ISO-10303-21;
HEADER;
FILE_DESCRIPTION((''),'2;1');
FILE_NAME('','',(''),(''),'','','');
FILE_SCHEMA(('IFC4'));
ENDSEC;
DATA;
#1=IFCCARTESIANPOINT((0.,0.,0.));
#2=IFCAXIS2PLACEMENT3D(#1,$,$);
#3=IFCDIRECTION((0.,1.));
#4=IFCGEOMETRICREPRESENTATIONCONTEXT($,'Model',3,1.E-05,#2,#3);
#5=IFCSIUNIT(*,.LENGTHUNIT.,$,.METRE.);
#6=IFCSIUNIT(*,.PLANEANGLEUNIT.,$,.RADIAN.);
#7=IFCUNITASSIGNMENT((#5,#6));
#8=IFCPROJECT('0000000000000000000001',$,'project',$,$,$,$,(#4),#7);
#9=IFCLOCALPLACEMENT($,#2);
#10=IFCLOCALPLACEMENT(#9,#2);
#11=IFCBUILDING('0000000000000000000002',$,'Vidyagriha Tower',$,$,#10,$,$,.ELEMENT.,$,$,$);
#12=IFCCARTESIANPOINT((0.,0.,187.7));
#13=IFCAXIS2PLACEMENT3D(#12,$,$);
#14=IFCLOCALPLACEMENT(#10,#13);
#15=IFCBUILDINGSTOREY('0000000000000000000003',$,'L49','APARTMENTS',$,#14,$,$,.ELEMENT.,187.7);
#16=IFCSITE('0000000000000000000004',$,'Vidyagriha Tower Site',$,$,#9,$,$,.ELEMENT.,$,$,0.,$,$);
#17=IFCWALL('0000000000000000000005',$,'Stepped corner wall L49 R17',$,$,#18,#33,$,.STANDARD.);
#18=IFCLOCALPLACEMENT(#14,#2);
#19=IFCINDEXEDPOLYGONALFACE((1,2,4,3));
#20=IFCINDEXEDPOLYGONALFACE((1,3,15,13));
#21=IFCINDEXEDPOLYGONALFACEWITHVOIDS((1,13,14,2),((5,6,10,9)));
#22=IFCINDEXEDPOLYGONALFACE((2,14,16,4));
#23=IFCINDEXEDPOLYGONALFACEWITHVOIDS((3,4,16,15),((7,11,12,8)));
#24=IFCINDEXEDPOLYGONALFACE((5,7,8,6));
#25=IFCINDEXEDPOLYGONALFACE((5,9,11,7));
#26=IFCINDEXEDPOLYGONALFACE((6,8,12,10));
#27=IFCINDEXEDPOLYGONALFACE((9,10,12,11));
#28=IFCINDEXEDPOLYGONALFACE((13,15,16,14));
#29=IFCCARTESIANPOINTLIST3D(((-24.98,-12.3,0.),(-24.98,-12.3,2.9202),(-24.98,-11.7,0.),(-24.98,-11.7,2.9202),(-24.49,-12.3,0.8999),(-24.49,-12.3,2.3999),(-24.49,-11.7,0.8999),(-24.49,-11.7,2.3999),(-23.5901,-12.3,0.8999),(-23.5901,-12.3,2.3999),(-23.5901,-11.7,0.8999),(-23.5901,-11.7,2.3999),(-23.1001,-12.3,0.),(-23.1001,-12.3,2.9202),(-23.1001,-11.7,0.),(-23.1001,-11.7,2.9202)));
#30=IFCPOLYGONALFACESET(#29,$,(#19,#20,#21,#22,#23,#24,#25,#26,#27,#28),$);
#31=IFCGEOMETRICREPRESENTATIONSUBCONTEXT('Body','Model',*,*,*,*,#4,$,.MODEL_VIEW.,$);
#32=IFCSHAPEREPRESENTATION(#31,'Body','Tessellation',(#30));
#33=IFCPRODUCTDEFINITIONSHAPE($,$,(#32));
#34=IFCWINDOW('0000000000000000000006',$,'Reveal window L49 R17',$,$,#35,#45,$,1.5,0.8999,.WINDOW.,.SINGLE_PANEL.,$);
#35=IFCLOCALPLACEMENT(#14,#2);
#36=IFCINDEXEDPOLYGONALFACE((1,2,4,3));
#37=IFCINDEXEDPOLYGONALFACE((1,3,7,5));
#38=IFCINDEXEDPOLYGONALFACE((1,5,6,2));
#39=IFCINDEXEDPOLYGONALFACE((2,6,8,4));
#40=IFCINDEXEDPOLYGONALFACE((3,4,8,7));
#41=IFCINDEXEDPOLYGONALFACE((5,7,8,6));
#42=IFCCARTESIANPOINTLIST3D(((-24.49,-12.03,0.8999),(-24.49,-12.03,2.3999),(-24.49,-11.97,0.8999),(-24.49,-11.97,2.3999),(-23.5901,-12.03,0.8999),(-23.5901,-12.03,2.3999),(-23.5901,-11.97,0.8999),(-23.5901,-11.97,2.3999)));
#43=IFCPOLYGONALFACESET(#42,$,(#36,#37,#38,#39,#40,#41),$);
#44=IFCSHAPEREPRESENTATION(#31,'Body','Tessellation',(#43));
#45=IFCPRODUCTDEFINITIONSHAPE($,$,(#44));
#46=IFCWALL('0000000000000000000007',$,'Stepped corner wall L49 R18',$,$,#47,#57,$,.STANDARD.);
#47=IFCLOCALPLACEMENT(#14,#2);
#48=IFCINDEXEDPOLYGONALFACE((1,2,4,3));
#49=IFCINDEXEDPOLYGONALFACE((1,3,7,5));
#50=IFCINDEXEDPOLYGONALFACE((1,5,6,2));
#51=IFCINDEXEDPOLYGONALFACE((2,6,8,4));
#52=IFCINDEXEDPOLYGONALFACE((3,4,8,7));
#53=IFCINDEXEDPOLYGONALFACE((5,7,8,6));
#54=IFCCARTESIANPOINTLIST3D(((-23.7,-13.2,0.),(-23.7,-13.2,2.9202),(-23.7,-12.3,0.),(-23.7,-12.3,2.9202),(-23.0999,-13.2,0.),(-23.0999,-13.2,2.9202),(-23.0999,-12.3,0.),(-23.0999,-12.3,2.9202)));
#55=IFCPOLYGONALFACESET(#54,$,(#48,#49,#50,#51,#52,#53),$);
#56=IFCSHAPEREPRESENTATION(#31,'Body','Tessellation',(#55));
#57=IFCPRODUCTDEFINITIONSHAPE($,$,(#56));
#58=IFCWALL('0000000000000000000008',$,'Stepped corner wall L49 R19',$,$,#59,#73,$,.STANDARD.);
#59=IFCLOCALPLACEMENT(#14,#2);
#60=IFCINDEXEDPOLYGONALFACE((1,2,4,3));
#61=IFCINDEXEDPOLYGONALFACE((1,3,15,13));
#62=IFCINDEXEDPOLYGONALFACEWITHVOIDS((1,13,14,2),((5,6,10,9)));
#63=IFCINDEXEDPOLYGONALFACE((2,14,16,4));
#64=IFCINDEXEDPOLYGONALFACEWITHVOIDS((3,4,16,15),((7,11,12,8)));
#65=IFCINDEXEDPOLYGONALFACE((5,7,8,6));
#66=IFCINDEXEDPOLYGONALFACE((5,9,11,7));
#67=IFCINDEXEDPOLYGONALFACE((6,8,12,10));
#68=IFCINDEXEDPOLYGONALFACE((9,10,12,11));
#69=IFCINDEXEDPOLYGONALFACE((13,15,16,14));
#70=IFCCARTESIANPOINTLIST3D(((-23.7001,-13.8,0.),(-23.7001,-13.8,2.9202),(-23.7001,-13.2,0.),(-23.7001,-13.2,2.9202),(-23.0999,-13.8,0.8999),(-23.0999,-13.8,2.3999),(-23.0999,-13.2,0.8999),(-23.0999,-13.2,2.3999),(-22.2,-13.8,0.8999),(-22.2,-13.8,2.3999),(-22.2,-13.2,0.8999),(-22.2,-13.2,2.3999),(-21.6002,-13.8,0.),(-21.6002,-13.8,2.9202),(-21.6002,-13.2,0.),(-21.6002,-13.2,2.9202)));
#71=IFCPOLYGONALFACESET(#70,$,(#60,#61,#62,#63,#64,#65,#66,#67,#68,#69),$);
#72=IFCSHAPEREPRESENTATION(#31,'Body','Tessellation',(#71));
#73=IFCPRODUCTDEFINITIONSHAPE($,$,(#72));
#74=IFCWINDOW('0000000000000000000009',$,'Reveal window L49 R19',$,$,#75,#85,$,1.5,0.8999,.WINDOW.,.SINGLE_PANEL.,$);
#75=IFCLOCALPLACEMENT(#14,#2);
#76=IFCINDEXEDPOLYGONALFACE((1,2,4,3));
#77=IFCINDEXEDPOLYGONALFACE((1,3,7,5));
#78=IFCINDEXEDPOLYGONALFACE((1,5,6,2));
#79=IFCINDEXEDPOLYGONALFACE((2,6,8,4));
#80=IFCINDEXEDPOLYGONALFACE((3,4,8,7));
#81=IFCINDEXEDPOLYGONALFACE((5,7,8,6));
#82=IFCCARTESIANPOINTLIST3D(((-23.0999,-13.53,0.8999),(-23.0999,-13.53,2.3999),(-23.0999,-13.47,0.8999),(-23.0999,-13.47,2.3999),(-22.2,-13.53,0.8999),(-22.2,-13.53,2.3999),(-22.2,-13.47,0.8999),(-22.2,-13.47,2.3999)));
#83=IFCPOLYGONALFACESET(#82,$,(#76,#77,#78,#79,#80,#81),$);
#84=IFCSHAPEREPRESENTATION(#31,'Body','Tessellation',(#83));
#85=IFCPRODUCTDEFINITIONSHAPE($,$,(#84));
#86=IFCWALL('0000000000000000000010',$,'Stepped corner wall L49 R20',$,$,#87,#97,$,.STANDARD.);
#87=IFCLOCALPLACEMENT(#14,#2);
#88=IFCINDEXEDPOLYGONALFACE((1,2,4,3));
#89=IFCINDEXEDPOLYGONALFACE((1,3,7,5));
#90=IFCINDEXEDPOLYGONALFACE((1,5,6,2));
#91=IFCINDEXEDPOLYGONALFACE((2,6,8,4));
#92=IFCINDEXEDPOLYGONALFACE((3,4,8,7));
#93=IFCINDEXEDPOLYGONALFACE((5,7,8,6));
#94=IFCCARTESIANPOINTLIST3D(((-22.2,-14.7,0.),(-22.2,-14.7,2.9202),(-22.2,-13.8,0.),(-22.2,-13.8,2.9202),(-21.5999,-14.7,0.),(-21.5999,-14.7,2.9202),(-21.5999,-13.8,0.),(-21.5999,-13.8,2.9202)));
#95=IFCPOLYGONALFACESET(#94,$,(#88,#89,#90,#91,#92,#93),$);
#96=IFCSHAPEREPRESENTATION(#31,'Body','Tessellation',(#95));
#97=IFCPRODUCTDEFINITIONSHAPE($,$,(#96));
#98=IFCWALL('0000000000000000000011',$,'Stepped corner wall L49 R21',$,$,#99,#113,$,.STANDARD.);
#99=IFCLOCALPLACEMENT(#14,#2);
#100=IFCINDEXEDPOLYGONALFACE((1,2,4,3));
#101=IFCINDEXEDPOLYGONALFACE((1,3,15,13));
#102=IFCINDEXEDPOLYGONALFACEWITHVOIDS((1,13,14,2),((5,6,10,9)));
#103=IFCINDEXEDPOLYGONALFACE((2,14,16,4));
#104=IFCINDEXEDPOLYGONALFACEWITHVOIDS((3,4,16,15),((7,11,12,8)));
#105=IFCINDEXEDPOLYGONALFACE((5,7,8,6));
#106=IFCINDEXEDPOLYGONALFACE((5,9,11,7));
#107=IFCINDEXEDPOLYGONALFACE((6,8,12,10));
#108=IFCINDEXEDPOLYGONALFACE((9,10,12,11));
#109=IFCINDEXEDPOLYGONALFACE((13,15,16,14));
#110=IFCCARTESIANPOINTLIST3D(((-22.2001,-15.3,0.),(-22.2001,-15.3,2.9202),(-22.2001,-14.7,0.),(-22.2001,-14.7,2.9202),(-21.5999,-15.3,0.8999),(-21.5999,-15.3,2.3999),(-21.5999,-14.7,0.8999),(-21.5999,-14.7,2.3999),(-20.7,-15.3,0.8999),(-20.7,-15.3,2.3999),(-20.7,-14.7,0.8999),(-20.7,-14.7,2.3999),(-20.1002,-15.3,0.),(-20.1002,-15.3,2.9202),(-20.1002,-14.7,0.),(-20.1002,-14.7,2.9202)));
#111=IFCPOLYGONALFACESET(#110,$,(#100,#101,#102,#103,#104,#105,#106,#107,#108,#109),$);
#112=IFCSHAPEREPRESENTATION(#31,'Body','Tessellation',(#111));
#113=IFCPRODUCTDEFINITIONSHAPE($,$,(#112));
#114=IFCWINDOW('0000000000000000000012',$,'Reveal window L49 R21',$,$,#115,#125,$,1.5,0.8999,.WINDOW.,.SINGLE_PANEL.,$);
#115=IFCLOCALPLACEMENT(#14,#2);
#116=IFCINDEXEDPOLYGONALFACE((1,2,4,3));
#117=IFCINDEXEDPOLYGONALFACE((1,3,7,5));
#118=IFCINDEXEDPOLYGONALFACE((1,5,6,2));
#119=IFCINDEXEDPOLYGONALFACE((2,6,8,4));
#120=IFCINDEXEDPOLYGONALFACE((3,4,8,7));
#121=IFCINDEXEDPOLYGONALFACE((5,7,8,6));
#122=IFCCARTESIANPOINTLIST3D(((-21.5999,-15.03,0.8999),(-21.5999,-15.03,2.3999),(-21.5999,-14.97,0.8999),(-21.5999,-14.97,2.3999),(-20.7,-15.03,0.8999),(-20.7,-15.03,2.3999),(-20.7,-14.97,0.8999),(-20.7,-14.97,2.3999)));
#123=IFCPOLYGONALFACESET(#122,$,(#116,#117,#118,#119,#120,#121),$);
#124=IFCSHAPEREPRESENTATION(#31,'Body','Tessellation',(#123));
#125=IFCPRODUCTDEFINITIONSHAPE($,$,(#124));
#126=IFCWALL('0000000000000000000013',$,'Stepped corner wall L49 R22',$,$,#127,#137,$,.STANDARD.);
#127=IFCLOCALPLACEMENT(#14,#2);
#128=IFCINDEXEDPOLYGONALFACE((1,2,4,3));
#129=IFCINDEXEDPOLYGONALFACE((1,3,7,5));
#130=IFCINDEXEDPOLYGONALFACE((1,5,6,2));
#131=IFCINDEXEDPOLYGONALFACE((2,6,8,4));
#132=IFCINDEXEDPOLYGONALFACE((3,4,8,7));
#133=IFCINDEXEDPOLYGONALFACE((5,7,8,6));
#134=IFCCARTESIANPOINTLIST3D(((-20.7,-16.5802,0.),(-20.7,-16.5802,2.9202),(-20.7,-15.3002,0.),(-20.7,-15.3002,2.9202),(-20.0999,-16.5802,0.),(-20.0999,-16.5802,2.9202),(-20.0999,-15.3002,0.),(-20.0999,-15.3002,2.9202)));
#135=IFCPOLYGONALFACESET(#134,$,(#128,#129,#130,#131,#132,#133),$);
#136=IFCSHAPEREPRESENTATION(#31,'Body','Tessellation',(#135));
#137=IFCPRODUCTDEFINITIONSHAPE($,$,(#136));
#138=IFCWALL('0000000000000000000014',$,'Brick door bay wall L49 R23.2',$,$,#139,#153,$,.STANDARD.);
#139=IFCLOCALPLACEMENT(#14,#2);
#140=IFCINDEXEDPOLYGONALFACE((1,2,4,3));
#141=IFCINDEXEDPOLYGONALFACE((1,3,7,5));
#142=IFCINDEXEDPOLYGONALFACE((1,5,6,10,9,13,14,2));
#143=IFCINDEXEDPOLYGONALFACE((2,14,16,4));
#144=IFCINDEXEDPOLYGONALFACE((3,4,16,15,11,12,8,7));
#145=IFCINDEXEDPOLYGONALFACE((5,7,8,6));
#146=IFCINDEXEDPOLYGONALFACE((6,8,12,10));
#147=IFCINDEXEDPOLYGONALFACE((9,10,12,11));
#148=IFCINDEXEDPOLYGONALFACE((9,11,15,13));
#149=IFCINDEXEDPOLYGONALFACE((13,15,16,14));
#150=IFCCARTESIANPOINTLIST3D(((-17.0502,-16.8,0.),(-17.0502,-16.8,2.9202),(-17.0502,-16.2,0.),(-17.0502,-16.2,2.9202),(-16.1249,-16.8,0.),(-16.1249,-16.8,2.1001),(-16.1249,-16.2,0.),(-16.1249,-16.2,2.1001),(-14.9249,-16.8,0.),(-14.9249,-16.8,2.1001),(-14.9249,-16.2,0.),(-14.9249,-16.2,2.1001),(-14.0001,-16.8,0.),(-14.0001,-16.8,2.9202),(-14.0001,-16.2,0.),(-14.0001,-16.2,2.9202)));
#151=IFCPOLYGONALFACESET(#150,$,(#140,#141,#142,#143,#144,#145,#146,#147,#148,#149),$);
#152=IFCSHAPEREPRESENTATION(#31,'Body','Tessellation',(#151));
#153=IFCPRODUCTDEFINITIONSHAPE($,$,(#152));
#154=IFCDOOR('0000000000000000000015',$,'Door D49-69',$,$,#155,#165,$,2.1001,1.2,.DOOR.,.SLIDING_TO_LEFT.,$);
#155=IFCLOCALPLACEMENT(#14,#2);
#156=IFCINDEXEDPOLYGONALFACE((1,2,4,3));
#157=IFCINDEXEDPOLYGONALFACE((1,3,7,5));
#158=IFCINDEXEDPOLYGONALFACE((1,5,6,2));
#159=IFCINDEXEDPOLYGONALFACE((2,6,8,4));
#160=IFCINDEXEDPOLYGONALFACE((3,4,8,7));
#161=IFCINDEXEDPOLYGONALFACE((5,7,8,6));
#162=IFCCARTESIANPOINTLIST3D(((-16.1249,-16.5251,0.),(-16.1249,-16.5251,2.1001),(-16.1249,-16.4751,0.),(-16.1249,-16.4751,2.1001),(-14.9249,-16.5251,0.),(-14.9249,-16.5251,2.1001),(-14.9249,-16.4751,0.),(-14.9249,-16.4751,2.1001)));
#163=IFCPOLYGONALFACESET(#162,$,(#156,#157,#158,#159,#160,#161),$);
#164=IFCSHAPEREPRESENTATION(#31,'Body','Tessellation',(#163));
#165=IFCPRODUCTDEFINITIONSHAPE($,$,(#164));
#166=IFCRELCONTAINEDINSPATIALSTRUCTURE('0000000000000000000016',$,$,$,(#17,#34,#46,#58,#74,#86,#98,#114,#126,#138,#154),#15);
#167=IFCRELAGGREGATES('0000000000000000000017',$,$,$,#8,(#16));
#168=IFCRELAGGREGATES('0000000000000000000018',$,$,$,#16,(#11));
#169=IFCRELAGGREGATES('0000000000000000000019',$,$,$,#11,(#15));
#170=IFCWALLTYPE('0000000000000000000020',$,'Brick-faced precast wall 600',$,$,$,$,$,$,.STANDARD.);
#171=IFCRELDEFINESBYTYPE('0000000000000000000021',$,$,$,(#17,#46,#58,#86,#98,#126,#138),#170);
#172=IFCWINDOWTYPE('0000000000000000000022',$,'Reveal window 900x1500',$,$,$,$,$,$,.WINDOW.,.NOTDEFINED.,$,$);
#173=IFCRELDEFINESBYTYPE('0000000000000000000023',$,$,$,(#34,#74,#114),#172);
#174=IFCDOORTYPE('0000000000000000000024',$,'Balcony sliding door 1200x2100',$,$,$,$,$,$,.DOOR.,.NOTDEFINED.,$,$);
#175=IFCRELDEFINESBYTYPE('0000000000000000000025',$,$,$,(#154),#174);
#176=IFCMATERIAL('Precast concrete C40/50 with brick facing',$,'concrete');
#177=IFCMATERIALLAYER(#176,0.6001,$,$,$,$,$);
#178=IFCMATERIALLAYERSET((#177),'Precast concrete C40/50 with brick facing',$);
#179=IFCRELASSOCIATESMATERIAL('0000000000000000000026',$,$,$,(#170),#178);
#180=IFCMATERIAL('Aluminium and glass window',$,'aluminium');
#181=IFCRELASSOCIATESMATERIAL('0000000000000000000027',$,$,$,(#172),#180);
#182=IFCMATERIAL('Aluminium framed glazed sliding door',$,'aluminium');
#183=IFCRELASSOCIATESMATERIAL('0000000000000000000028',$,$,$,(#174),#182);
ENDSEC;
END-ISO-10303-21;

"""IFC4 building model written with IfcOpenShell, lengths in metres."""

from ifc_helpers import new_model, si_unit, direction, frame, frame_2d, origin, place, context, subcontext, project, spatial, rectangle, extrude, material, layer, layer_set, type_object, element, fill, save


model = new_model("IFC4")

# Units and contexts
model_context = context("Model", 3, precision=1e-05, world=origin(), true_north=direction((0.0, 1.0)))
body_context = subcontext(model_context, "Body", "Model", "MODEL_VIEW")
ifc_project = project(units=[si_unit("LENGTHUNIT", "METRE"), si_unit("PLANEANGLEUNIT", "RADIAN")], contexts=[model_context])

# Site, building, storey
site_placement = place(None, origin())
site = spatial("IfcSite", under=ifc_project, at=site_placement, Name="Vidyagriha Tower Site", CompositionType="ELEMENT", RefElevation=0.0)
building_placement = place(site_placement, origin())
building = spatial("IfcBuilding", under=site, at=building_placement, Name="Vidyagriha Tower", CompositionType="ELEMENT")
storey_placement = place(building_placement, frame((0.0, 0.0, 187.7)))
storey = spatial("IfcBuildingStorey", under=building, at=storey_placement, Name="L49", Description="APARTMENTS", CompositionType="ELEMENT", Elevation=187.7)

# Wall, opening, window
ifc_material_1 = material(Name="Precast concrete C40/50 with brick facing", Category="concrete")
ifc_layer_1 = layer(ifc_material_1, 0.6001)
ifc_layer_set_1 = layer_set([ifc_layer_1], Name="Precast concrete C40/50 with brick facing")
wall_type = type_object("IfcWallType", Name="Brick-faced precast wall 600", PredefinedType="STANDARD", material=ifc_layer_set_1)
wall_1_placement = place(storey_placement, frame((-24.98, -12.0, 0.0)))
wall_1 = element("IfcWall", 1, at=wall_1_placement, inside=storey, type_object=wall_type, Name="Stepped corner wall L49 R17", PredefinedType="STANDARD", context=body_context, shape_type="SweptSolid", body=[
    extrude(rectangle(XDim=1.8799, YDim=0.6001, at=frame_2d((0.9399, 0.0))), origin(), (0.0, 0.0, 1.0), 2.9202),
])
opening_1_placement = place(wall_1_placement, frame((0.49, 0.0, 0.8999)))
opening_1 = element("IfcOpeningElement", 2, at=opening_1_placement, cuts=wall_1, PredefinedType="OPENING", context=body_context, shape_type="SweptSolid", body=[
    extrude(rectangle(XDim=0.8999, YDim=1.5, at=frame_2d((0.45, 0.75))), frame((0.0, 0.3101, 0.0), z_axis=(0.0, -1.0, 0.0), x_axis=(1.0, 0.0, 0.0)), (0.0, 0.0, 1.0), 0.6201),
])
ifc_material_2 = material(Name="Aluminium and glass window", Category="aluminium")
window_type = type_object("IfcWindowType", Name="Reveal window 900x1500", PartitioningType="NOTDEFINED", PredefinedType="WINDOW", material=ifc_material_2)
window_1_placement = place(opening_1_placement, origin())
window_1 = element("IfcWindow", 3, at=window_1_placement, inside=storey, type_object=window_type, Name="Reveal window L49 R17", OverallHeight=1.5, OverallWidth=0.8999, PartitioningType="SINGLE_PANEL", PredefinedType="WINDOW", context=body_context, shape_type="SweptSolid", body=[
    extrude(rectangle(XDim=0.8999, YDim=1.5, at=frame_2d((0.45, 0.75))), frame((0.0, 0.03, 0.0), z_axis=(0.0, -1.0, 0.0), x_axis=(1.0, 0.0, 0.0)), (0.0, 0.0, 1.0), 0.0601),
])
fill(opening_1, window_1)

# Wall
wall_2_placement = place(storey_placement, frame((-23.3999, -12.3, 0.0), z_axis=(0.0, 0.0, 1.0), x_axis=(0.0, -1.0, 0.0)))
element("IfcWall", 4, at=wall_2_placement, inside=storey, type_object=wall_type, Name="Stepped corner wall L49 R18", PredefinedType="STANDARD", context=body_context, shape_type="SweptSolid", body=[
    extrude(rectangle(XDim=0.8999, YDim=0.6001, at=frame_2d((0.45, 0.0))), origin(), (0.0, 0.0, 1.0), 2.9202),
])

# Wall, opening, window
wall_3_placement = place(storey_placement, frame((-23.7, -13.5, 0.0)))
wall_3 = element("IfcWall", 5, at=wall_3_placement, inside=storey, type_object=wall_type, Name="Stepped corner wall L49 R19", PredefinedType="STANDARD", context=body_context, shape_type="SweptSolid", body=[
    extrude(rectangle(XDim=2.0999, YDim=0.6001, at=frame_2d((1.0498, 0.0))), origin(), (0.0, 0.0, 1.0), 2.9202),
])
opening_2_placement = place(wall_3_placement, frame((0.6001, 0.0, 0.8999)))
opening_2 = element("IfcOpeningElement", 6, at=opening_2_placement, cuts=wall_3, PredefinedType="OPENING", context=body_context, shape_type="SweptSolid", body=[
    extrude(rectangle(XDim=0.8999, YDim=1.5, at=frame_2d((0.45, 0.75))), frame((0.0, 0.3101, 0.0), z_axis=(0.0, -1.0, 0.0), x_axis=(1.0, 0.0, 0.0)), (0.0, 0.0, 1.0), 0.6201),
])
window_2_placement = place(opening_2_placement, origin())
window_2 = element("IfcWindow", 7, at=window_2_placement, inside=storey, type_object=window_type, Name="Reveal window L49 R19", OverallHeight=1.5, OverallWidth=0.8999, PartitioningType="SINGLE_PANEL", PredefinedType="WINDOW", context=body_context, shape_type="SweptSolid", body=[
    extrude(rectangle(XDim=0.8999, YDim=1.5, at=frame_2d((0.45, 0.75))), frame((0.0, 0.03, 0.0), z_axis=(0.0, -1.0, 0.0), x_axis=(1.0, 0.0, 0.0)), (0.0, 0.0, 1.0), 0.0601),
])
fill(opening_2, window_2)

# Wall
wall_4_placement = place(storey_placement, frame((-21.8999, -13.8, 0.0), z_axis=(0.0, 0.0, 1.0), x_axis=(0.0, -1.0, 0.0)))
element("IfcWall", 8, at=wall_4_placement, inside=storey, type_object=wall_type, Name="Stepped corner wall L49 R20", PredefinedType="STANDARD", context=body_context, shape_type="SweptSolid", body=[
    extrude(rectangle(XDim=0.8999, YDim=0.6001, at=frame_2d((0.45, 0.0))), origin(), (0.0, 0.0, 1.0), 2.9202),
])

# Wall, opening, window
wall_5_placement = place(storey_placement, frame((-22.2, -15.0, 0.0)))
wall_5 = element("IfcWall", 9, at=wall_5_placement, inside=storey, type_object=wall_type, Name="Stepped corner wall L49 R21", PredefinedType="STANDARD", context=body_context, shape_type="SweptSolid", body=[
    extrude(rectangle(XDim=2.0999, YDim=0.6001, at=frame_2d((1.0498, 0.0))), origin(), (0.0, 0.0, 1.0), 2.9202),
])
opening_3_placement = place(wall_5_placement, frame((0.6001, 0.0, 0.8999)))
opening_3 = element("IfcOpeningElement", 10, at=opening_3_placement, cuts=wall_5, PredefinedType="OPENING", context=body_context, shape_type="SweptSolid", body=[
    extrude(rectangle(XDim=0.8999, YDim=1.5, at=frame_2d((0.45, 0.75))), frame((0.0, 0.3101, 0.0), z_axis=(0.0, -1.0, 0.0), x_axis=(1.0, 0.0, 0.0)), (0.0, 0.0, 1.0), 0.6201),
])
window_3_placement = place(opening_3_placement, origin())
window_3 = element("IfcWindow", 11, at=window_3_placement, inside=storey, type_object=window_type, Name="Reveal window L49 R21", OverallHeight=1.5, OverallWidth=0.8999, PartitioningType="SINGLE_PANEL", PredefinedType="WINDOW", context=body_context, shape_type="SweptSolid", body=[
    extrude(rectangle(XDim=0.8999, YDim=1.5, at=frame_2d((0.45, 0.75))), frame((0.0, 0.03, 0.0), z_axis=(0.0, -1.0, 0.0), x_axis=(1.0, 0.0, 0.0)), (0.0, 0.0, 1.0), 0.0601),
])
fill(opening_3, window_3)

# Wall
wall_6_placement = place(storey_placement, frame((-20.3999, -15.3, 0.0), z_axis=(0.0, 0.0, 1.0), x_axis=(0.0, -1.0, 0.0)))
element("IfcWall", 12, at=wall_6_placement, inside=storey, type_object=wall_type, Name="Stepped corner wall L49 R22", PredefinedType="STANDARD", context=body_context, shape_type="SweptSolid", body=[
    extrude(rectangle(XDim=1.28, YDim=0.6001, at=frame_2d((0.6401, 0.0))), origin(), (0.0, 0.0, 1.0), 2.9202),
])

# Wall, opening, door
wall_7_placement = place(storey_placement, frame((-17.05, -16.5, 0.0)))
wall_7 = element("IfcWall", 13, at=wall_7_placement, inside=storey, type_object=wall_type, Name="Brick door bay wall L49 R23.2", PredefinedType="STANDARD", context=body_context, shape_type="SweptSolid", body=[
    extrude(rectangle(XDim=3.05, YDim=0.6001, at=frame_2d((1.5249, 0.0))), origin(), (0.0, 0.0, 1.0), 2.9202),
])
opening_4_placement = place(wall_7_placement, frame((0.925, 0.0, 0.0)))
opening_4 = element("IfcOpeningElement", 14, at=opening_4_placement, cuts=wall_7, PredefinedType="OPENING", context=body_context, shape_type="SweptSolid", body=[
    extrude(rectangle(XDim=1.2, YDim=2.1001, at=frame_2d((0.6001, 1.05))), frame((0.0, 0.3101, 0.0), z_axis=(0.0, -1.0, 0.0), x_axis=(1.0, 0.0, 0.0)), (0.0, 0.0, 1.0), 0.6201),
])
ifc_material_3 = material(Name="Aluminium framed glazed sliding door", Category="aluminium")
door_type = type_object("IfcDoorType", Name="Balcony sliding door 1200x2100", OperationType="NOTDEFINED", PredefinedType="DOOR", material=ifc_material_3)
door_placement = place(opening_4_placement, origin())
door = element("IfcDoor", 15, at=door_placement, inside=storey, type_object=door_type, Name="Door D49-69", OperationType="SLIDING_TO_LEFT", OverallHeight=2.1001, OverallWidth=1.2, PredefinedType="DOOR", context=body_context, shape_type="SweptSolid", body=[
    extrude(rectangle(XDim=1.2, YDim=2.1001, at=frame_2d((0.6001, 1.05))), frame((0.0, 0.0249, 0.0), z_axis=(0.0, -1.0, 0.0), x_axis=(1.0, 0.0, 0.0)), (0.0, 0.0, 1.0), 0.05),
])
fill(opening_4, door)

save(model, "model.ifc")
